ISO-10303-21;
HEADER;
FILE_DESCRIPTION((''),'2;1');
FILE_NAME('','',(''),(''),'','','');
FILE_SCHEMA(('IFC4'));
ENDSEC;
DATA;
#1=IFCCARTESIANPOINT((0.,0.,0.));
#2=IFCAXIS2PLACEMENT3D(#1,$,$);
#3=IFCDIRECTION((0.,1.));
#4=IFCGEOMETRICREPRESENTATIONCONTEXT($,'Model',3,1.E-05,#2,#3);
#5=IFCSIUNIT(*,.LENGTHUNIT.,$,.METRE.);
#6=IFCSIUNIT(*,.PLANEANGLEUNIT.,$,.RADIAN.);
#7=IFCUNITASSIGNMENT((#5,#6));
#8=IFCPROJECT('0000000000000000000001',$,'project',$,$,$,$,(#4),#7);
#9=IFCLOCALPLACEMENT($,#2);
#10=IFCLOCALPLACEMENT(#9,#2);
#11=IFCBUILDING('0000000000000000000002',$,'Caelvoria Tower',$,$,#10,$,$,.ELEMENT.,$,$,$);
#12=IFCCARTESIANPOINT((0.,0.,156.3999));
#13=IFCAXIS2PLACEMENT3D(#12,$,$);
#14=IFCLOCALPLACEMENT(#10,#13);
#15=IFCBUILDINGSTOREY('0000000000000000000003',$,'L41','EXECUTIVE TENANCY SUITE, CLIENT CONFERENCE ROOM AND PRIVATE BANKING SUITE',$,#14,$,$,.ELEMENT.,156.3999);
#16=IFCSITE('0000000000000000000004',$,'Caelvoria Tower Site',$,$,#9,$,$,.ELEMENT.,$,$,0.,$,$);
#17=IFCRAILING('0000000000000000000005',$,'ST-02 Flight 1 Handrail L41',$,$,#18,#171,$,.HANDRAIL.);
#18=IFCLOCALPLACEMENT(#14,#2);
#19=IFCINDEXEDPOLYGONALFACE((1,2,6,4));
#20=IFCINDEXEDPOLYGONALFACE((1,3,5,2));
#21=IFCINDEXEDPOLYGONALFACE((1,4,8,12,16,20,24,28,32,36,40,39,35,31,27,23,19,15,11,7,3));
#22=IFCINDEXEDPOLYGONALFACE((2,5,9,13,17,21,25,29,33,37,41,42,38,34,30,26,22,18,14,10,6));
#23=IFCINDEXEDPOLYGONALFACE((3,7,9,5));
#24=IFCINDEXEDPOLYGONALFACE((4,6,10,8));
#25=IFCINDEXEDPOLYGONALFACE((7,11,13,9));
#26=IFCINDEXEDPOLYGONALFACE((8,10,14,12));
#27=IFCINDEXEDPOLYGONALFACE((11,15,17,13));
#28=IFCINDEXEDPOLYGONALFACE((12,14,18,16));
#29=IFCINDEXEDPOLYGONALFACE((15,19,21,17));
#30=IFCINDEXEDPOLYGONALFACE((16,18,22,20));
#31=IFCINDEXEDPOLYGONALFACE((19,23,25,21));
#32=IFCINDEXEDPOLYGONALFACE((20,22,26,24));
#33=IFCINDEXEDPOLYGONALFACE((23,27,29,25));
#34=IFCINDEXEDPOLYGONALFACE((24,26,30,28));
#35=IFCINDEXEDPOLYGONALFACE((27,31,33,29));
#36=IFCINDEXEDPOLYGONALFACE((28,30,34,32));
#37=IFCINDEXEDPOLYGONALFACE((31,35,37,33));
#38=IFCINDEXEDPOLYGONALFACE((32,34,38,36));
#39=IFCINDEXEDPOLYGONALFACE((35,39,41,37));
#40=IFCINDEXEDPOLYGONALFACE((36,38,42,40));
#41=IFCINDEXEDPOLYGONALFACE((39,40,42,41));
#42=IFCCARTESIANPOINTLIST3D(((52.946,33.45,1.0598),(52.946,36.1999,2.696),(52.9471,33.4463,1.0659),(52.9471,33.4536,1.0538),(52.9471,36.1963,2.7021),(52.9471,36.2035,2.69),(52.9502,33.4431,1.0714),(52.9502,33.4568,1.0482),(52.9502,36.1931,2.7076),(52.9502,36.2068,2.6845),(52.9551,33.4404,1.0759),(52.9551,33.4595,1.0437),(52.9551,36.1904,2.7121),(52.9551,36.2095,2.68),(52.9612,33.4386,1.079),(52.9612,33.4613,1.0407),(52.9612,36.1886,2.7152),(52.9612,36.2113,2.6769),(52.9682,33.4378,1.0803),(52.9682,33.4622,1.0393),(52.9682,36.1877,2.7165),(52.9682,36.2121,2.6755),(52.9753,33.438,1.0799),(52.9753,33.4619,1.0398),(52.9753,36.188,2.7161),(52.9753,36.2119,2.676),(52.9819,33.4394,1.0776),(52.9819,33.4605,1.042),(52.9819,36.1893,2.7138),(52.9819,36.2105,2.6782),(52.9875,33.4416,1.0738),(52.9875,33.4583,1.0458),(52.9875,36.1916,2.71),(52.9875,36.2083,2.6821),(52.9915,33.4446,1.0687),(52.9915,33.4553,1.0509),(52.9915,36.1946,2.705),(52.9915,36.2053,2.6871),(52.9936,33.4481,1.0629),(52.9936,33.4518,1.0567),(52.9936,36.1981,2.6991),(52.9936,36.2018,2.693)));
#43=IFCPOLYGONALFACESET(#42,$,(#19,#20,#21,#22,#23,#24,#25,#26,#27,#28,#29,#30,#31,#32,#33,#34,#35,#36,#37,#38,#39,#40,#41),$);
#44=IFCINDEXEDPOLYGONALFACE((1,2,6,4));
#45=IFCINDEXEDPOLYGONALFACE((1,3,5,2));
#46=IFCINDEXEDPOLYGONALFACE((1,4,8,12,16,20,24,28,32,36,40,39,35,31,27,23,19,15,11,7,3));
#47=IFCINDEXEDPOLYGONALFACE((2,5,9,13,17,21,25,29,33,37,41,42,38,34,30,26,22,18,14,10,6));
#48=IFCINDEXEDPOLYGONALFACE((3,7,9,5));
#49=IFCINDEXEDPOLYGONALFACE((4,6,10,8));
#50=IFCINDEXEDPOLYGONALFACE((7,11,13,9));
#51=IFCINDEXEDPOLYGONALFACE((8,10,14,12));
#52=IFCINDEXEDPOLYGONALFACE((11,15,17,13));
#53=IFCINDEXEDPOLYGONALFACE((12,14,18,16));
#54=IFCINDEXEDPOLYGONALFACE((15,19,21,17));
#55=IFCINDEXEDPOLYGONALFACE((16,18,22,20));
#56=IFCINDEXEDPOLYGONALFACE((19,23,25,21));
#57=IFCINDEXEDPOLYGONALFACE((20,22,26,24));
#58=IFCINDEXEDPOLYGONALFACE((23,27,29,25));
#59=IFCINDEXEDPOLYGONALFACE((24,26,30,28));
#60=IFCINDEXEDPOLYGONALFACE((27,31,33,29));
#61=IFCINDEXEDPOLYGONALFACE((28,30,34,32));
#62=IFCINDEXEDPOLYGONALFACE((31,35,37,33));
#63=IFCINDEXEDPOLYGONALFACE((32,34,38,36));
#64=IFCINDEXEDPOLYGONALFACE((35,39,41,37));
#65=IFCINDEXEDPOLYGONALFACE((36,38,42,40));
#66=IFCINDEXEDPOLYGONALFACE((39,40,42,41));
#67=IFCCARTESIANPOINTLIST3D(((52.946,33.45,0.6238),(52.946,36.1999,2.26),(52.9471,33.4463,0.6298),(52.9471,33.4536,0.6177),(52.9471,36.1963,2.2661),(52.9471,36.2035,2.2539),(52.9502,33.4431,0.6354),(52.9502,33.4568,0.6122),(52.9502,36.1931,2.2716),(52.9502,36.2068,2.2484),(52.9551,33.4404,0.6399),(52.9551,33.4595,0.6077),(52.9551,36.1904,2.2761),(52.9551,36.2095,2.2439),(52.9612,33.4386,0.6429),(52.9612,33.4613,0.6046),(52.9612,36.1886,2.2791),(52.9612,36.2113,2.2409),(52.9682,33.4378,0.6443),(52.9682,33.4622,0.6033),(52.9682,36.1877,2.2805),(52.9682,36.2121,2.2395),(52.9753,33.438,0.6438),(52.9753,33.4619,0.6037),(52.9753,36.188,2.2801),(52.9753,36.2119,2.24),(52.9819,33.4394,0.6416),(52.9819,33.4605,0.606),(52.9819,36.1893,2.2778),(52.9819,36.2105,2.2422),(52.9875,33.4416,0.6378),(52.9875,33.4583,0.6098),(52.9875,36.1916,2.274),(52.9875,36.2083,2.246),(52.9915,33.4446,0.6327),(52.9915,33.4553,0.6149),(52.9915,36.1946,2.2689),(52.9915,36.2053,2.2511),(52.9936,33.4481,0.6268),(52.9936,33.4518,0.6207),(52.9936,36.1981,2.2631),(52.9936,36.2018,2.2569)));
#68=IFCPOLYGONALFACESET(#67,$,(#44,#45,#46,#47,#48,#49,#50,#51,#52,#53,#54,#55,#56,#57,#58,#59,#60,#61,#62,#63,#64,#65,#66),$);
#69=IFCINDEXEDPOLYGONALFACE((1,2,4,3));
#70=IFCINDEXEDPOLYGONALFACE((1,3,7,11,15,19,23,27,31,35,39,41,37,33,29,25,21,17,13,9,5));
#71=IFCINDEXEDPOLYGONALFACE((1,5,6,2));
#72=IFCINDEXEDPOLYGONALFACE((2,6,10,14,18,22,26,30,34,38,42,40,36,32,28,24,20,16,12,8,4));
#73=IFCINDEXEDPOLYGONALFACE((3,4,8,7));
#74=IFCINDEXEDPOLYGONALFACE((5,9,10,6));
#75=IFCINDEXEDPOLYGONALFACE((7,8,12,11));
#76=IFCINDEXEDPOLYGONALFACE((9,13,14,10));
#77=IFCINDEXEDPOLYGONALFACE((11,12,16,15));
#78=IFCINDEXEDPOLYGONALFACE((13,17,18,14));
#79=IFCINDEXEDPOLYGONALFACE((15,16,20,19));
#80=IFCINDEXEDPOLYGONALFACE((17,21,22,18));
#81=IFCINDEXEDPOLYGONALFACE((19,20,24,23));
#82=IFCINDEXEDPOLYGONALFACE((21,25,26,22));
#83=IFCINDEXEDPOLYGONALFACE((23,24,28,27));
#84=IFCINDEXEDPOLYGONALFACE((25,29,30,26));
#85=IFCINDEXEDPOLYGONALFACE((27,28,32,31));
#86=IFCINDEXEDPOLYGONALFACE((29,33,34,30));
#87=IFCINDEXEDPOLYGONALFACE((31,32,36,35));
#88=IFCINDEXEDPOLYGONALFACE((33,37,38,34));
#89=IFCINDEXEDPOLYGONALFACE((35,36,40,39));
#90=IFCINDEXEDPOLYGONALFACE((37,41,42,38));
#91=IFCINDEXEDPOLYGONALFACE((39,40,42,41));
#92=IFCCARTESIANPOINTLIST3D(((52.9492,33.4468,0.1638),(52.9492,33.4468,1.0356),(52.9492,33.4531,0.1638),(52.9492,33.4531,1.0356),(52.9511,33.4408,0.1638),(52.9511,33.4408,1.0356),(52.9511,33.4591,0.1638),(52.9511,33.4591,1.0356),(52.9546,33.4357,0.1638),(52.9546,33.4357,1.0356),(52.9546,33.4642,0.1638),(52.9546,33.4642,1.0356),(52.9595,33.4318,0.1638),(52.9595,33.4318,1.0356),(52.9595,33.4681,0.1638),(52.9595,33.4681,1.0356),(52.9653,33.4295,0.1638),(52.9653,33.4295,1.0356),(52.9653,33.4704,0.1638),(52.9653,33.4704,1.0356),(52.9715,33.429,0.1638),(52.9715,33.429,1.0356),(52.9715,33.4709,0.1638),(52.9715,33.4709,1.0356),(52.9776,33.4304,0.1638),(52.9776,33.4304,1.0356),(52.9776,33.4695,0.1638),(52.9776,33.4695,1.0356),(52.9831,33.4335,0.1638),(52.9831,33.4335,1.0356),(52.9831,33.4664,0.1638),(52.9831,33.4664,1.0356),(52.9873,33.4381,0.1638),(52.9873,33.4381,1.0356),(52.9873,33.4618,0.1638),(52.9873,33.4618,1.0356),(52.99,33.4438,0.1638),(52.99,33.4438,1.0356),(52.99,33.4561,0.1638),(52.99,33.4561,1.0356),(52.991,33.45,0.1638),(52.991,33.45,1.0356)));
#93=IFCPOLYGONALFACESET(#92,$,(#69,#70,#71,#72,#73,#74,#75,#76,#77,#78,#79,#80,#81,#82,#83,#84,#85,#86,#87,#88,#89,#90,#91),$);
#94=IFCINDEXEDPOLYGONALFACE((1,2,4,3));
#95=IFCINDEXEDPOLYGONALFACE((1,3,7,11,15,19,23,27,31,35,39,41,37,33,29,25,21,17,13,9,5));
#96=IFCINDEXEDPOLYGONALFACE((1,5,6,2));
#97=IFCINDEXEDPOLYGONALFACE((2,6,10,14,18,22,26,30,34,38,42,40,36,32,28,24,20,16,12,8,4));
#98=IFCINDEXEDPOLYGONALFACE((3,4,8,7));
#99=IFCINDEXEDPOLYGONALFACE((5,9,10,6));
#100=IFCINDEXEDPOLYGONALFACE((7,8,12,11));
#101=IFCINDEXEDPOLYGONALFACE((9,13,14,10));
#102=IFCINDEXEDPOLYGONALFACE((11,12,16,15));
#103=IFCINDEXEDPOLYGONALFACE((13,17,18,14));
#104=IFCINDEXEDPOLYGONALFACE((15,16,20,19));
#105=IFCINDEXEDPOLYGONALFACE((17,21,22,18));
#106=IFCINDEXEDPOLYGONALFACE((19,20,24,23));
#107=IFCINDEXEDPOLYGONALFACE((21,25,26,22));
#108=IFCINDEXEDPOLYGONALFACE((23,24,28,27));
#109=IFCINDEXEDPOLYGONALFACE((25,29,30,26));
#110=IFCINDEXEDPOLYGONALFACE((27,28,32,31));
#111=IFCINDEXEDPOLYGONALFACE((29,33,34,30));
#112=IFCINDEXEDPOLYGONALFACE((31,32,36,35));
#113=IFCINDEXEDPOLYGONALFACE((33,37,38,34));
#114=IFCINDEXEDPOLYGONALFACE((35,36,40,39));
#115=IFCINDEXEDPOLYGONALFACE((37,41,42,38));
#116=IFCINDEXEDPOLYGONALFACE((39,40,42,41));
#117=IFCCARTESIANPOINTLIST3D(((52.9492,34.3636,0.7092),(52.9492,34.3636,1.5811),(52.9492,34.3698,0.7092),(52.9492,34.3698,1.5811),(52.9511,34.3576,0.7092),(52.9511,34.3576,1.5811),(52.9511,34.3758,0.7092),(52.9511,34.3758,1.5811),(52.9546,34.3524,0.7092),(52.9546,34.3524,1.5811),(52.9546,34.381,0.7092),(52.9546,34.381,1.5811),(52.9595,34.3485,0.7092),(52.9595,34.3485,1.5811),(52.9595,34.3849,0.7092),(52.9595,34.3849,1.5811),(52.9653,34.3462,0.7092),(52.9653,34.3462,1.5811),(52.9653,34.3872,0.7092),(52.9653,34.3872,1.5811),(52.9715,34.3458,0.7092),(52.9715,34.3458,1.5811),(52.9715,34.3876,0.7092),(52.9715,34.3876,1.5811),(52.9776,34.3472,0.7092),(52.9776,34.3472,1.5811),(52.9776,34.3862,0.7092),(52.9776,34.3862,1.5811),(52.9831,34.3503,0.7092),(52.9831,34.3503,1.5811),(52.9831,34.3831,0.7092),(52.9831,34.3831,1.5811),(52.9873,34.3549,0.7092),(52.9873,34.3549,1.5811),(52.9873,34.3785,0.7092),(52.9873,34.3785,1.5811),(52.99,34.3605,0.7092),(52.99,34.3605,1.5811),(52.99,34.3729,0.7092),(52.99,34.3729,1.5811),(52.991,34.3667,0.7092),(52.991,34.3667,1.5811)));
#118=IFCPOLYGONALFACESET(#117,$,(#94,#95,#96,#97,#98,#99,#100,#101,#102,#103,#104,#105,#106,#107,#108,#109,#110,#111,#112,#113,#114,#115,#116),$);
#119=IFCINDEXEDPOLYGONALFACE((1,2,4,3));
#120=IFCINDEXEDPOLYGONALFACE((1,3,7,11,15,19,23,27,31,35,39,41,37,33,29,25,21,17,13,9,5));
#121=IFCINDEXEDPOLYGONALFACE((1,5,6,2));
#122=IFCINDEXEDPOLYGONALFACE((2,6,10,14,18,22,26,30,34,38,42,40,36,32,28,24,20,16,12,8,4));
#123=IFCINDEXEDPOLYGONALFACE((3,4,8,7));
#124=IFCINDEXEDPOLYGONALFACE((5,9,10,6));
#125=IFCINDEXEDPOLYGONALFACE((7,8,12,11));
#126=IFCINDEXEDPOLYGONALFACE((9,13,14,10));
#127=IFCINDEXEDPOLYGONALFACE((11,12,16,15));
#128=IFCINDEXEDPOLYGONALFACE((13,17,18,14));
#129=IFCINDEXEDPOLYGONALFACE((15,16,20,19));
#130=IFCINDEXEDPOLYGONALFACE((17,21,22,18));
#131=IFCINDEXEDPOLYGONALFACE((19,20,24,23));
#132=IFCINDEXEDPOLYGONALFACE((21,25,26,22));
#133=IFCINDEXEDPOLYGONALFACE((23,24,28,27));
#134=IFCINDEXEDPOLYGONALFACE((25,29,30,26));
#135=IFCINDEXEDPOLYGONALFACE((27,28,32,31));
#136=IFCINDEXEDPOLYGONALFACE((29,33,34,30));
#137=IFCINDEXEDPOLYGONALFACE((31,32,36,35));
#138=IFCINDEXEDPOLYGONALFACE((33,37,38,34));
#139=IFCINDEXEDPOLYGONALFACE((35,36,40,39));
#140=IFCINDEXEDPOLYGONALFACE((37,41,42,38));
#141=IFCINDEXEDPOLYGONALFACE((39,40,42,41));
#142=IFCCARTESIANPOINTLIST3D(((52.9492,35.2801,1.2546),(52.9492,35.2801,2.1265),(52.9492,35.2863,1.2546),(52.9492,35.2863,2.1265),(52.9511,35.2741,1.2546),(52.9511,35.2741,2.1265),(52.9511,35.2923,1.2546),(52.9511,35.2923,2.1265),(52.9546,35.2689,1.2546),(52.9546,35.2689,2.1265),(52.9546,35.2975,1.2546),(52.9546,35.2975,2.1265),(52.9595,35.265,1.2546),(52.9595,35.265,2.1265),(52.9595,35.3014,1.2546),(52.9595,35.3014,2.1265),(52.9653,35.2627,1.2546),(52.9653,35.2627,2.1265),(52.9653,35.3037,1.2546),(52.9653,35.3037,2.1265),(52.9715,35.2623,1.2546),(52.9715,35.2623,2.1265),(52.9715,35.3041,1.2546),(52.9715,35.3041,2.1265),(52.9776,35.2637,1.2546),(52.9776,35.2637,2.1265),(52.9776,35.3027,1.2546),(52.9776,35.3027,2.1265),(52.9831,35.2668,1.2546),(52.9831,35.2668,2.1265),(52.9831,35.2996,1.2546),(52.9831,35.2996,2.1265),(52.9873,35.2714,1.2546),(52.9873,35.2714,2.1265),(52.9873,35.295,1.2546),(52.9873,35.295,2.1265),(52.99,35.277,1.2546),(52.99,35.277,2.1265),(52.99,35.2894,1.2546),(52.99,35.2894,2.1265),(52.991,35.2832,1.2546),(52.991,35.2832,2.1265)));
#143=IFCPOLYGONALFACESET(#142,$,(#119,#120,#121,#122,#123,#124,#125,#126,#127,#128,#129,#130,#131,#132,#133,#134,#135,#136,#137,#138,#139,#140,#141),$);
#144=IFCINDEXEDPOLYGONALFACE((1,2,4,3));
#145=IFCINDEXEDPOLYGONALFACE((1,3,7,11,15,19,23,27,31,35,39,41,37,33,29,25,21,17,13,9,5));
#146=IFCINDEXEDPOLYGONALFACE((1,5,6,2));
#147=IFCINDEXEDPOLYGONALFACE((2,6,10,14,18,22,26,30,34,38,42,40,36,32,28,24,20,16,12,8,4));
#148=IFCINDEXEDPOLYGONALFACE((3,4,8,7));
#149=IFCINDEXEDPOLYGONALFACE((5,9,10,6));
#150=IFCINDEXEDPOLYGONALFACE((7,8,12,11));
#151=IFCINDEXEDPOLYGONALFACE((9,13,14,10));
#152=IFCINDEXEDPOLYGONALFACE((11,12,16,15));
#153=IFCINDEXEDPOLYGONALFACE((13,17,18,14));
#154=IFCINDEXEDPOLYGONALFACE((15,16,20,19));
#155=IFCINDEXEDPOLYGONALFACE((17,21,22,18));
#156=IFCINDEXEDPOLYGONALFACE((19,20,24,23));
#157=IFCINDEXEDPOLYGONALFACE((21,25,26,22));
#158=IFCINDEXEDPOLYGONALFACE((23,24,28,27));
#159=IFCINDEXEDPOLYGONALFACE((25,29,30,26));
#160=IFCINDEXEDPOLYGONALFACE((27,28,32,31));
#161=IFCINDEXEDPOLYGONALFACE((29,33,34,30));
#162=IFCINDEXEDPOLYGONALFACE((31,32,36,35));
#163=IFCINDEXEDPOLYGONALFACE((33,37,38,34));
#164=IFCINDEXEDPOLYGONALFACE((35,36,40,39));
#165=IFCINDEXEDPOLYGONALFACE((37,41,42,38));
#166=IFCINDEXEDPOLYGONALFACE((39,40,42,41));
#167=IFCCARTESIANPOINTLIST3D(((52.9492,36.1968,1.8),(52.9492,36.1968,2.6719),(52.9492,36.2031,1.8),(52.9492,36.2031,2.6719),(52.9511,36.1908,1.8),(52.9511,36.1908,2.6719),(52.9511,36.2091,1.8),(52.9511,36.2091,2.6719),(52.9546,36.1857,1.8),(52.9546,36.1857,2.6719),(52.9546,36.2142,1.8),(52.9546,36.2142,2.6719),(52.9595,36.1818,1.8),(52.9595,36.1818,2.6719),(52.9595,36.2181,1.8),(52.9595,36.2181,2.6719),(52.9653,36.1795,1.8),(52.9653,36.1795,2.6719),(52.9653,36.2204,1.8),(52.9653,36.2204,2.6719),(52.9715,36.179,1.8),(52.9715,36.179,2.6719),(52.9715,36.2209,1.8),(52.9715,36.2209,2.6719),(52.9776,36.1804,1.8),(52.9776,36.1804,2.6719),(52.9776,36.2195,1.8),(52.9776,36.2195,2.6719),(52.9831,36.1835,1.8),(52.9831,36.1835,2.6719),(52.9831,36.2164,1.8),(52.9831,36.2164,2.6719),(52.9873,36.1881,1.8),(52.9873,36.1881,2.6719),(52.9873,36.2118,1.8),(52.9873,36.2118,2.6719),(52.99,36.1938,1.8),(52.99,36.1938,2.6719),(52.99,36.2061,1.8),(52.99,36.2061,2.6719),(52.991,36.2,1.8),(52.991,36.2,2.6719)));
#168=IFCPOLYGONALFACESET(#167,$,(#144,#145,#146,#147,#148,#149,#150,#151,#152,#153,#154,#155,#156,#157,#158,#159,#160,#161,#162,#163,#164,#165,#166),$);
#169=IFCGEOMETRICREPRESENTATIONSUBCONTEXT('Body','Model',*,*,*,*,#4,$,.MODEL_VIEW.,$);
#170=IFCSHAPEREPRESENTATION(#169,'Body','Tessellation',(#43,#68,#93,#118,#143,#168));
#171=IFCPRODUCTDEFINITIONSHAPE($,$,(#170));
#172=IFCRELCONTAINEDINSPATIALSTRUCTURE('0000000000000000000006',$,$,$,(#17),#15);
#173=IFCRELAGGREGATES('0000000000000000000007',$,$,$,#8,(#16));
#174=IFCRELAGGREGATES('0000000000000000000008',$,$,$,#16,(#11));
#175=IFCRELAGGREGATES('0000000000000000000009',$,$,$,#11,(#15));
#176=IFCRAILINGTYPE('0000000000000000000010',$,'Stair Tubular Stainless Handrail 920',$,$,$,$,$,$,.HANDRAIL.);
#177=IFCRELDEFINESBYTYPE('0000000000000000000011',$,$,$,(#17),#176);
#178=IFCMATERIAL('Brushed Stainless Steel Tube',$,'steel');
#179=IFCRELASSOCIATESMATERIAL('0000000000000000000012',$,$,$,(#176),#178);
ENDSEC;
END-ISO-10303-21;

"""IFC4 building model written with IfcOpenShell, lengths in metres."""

from ifc_helpers import new_model, si_unit, direction, frame, origin, origin_2d, place, context, subcontext, project, spatial, circle, extrude, material, type_object, element, save


model = new_model("IFC4")

# Units and contexts
model_context = context("Model", 3, precision=1e-05, world=origin(), true_north=direction((0.0, 1.0)))
body_context = subcontext(model_context, "Body", "Model", "MODEL_VIEW")
ifc_project = project(units=[si_unit("LENGTHUNIT", "METRE"), si_unit("PLANEANGLEUNIT", "RADIAN")], contexts=[model_context])

# Site, building, storey
site_placement = place(None, origin())
site = spatial("IfcSite", under=ifc_project, at=site_placement, Name="Caelvoria Tower Site", CompositionType="ELEMENT", RefElevation=0.0)
building_placement = place(site_placement, origin())
building = spatial("IfcBuilding", under=site, at=building_placement, Name="Caelvoria Tower", CompositionType="ELEMENT")
storey_placement = place(building_placement, frame((0.0, 0.0, 156.3999)))
storey = spatial("IfcBuildingStorey", under=building, at=storey_placement, Name="L41", Description="EXECUTIVE TENANCY SUITE, CLIENT CONFERENCE ROOM AND PRIVATE BANKING SUITE", CompositionType="ELEMENT", Elevation=156.3999)

# Railing
ifc_material_1 = material(Name="Brushed Stainless Steel Tube", Category="steel")
railing_type_1 = type_object("IfcRailingType", Name="Stair Tubular Stainless Handrail 920", PredefinedType="HANDRAIL", material=ifc_material_1)
railing_1_placement = place(storey_placement, frame((52.97, 33.45, 0.1638)))
element("IfcRailing", 1, at=railing_1_placement, inside=storey, type_object=railing_type_1, Name="ST-02 Flight 1 Handrail L41", PredefinedType="HANDRAIL", context=body_context, shape_type="SweptSolid", body=[
    extrude(circle(Radius=0.0239, at=origin_2d()), frame((0.0, 0.0, 0.896), z_axis=(0.0, 0.859385, 0.511328), x_axis=(-1.0, 0.0, 0.0)), (0.0, 0.0, 1.0), 3.2),
    extrude(circle(Radius=0.0239, at=origin_2d()), frame((0.0, 0.0, 0.46), z_axis=(0.0, 0.859385, 0.511328), x_axis=(-1.0, 0.0, 0.0)), (0.0, 0.0, 1.0), 3.2),
    extrude(circle(Radius=0.021, at=origin_2d()), origin(), (0.0, 0.0, 1.0), 0.8718),
    extrude(circle(Radius=0.021, at=origin_2d()), frame((0.0, 0.9167, 0.5454)), (0.0, 0.0, 1.0), 0.8718),
    extrude(circle(Radius=0.021, at=origin_2d()), frame((0.0, 1.8333, 1.0908)), (0.0, 0.0, 1.0), 0.8718),
    extrude(circle(Radius=0.021, at=origin_2d()), frame((0.0, 2.75, 1.6362)), (0.0, 0.0, 1.0), 0.8718),
])

save(model, "model.ifc")
